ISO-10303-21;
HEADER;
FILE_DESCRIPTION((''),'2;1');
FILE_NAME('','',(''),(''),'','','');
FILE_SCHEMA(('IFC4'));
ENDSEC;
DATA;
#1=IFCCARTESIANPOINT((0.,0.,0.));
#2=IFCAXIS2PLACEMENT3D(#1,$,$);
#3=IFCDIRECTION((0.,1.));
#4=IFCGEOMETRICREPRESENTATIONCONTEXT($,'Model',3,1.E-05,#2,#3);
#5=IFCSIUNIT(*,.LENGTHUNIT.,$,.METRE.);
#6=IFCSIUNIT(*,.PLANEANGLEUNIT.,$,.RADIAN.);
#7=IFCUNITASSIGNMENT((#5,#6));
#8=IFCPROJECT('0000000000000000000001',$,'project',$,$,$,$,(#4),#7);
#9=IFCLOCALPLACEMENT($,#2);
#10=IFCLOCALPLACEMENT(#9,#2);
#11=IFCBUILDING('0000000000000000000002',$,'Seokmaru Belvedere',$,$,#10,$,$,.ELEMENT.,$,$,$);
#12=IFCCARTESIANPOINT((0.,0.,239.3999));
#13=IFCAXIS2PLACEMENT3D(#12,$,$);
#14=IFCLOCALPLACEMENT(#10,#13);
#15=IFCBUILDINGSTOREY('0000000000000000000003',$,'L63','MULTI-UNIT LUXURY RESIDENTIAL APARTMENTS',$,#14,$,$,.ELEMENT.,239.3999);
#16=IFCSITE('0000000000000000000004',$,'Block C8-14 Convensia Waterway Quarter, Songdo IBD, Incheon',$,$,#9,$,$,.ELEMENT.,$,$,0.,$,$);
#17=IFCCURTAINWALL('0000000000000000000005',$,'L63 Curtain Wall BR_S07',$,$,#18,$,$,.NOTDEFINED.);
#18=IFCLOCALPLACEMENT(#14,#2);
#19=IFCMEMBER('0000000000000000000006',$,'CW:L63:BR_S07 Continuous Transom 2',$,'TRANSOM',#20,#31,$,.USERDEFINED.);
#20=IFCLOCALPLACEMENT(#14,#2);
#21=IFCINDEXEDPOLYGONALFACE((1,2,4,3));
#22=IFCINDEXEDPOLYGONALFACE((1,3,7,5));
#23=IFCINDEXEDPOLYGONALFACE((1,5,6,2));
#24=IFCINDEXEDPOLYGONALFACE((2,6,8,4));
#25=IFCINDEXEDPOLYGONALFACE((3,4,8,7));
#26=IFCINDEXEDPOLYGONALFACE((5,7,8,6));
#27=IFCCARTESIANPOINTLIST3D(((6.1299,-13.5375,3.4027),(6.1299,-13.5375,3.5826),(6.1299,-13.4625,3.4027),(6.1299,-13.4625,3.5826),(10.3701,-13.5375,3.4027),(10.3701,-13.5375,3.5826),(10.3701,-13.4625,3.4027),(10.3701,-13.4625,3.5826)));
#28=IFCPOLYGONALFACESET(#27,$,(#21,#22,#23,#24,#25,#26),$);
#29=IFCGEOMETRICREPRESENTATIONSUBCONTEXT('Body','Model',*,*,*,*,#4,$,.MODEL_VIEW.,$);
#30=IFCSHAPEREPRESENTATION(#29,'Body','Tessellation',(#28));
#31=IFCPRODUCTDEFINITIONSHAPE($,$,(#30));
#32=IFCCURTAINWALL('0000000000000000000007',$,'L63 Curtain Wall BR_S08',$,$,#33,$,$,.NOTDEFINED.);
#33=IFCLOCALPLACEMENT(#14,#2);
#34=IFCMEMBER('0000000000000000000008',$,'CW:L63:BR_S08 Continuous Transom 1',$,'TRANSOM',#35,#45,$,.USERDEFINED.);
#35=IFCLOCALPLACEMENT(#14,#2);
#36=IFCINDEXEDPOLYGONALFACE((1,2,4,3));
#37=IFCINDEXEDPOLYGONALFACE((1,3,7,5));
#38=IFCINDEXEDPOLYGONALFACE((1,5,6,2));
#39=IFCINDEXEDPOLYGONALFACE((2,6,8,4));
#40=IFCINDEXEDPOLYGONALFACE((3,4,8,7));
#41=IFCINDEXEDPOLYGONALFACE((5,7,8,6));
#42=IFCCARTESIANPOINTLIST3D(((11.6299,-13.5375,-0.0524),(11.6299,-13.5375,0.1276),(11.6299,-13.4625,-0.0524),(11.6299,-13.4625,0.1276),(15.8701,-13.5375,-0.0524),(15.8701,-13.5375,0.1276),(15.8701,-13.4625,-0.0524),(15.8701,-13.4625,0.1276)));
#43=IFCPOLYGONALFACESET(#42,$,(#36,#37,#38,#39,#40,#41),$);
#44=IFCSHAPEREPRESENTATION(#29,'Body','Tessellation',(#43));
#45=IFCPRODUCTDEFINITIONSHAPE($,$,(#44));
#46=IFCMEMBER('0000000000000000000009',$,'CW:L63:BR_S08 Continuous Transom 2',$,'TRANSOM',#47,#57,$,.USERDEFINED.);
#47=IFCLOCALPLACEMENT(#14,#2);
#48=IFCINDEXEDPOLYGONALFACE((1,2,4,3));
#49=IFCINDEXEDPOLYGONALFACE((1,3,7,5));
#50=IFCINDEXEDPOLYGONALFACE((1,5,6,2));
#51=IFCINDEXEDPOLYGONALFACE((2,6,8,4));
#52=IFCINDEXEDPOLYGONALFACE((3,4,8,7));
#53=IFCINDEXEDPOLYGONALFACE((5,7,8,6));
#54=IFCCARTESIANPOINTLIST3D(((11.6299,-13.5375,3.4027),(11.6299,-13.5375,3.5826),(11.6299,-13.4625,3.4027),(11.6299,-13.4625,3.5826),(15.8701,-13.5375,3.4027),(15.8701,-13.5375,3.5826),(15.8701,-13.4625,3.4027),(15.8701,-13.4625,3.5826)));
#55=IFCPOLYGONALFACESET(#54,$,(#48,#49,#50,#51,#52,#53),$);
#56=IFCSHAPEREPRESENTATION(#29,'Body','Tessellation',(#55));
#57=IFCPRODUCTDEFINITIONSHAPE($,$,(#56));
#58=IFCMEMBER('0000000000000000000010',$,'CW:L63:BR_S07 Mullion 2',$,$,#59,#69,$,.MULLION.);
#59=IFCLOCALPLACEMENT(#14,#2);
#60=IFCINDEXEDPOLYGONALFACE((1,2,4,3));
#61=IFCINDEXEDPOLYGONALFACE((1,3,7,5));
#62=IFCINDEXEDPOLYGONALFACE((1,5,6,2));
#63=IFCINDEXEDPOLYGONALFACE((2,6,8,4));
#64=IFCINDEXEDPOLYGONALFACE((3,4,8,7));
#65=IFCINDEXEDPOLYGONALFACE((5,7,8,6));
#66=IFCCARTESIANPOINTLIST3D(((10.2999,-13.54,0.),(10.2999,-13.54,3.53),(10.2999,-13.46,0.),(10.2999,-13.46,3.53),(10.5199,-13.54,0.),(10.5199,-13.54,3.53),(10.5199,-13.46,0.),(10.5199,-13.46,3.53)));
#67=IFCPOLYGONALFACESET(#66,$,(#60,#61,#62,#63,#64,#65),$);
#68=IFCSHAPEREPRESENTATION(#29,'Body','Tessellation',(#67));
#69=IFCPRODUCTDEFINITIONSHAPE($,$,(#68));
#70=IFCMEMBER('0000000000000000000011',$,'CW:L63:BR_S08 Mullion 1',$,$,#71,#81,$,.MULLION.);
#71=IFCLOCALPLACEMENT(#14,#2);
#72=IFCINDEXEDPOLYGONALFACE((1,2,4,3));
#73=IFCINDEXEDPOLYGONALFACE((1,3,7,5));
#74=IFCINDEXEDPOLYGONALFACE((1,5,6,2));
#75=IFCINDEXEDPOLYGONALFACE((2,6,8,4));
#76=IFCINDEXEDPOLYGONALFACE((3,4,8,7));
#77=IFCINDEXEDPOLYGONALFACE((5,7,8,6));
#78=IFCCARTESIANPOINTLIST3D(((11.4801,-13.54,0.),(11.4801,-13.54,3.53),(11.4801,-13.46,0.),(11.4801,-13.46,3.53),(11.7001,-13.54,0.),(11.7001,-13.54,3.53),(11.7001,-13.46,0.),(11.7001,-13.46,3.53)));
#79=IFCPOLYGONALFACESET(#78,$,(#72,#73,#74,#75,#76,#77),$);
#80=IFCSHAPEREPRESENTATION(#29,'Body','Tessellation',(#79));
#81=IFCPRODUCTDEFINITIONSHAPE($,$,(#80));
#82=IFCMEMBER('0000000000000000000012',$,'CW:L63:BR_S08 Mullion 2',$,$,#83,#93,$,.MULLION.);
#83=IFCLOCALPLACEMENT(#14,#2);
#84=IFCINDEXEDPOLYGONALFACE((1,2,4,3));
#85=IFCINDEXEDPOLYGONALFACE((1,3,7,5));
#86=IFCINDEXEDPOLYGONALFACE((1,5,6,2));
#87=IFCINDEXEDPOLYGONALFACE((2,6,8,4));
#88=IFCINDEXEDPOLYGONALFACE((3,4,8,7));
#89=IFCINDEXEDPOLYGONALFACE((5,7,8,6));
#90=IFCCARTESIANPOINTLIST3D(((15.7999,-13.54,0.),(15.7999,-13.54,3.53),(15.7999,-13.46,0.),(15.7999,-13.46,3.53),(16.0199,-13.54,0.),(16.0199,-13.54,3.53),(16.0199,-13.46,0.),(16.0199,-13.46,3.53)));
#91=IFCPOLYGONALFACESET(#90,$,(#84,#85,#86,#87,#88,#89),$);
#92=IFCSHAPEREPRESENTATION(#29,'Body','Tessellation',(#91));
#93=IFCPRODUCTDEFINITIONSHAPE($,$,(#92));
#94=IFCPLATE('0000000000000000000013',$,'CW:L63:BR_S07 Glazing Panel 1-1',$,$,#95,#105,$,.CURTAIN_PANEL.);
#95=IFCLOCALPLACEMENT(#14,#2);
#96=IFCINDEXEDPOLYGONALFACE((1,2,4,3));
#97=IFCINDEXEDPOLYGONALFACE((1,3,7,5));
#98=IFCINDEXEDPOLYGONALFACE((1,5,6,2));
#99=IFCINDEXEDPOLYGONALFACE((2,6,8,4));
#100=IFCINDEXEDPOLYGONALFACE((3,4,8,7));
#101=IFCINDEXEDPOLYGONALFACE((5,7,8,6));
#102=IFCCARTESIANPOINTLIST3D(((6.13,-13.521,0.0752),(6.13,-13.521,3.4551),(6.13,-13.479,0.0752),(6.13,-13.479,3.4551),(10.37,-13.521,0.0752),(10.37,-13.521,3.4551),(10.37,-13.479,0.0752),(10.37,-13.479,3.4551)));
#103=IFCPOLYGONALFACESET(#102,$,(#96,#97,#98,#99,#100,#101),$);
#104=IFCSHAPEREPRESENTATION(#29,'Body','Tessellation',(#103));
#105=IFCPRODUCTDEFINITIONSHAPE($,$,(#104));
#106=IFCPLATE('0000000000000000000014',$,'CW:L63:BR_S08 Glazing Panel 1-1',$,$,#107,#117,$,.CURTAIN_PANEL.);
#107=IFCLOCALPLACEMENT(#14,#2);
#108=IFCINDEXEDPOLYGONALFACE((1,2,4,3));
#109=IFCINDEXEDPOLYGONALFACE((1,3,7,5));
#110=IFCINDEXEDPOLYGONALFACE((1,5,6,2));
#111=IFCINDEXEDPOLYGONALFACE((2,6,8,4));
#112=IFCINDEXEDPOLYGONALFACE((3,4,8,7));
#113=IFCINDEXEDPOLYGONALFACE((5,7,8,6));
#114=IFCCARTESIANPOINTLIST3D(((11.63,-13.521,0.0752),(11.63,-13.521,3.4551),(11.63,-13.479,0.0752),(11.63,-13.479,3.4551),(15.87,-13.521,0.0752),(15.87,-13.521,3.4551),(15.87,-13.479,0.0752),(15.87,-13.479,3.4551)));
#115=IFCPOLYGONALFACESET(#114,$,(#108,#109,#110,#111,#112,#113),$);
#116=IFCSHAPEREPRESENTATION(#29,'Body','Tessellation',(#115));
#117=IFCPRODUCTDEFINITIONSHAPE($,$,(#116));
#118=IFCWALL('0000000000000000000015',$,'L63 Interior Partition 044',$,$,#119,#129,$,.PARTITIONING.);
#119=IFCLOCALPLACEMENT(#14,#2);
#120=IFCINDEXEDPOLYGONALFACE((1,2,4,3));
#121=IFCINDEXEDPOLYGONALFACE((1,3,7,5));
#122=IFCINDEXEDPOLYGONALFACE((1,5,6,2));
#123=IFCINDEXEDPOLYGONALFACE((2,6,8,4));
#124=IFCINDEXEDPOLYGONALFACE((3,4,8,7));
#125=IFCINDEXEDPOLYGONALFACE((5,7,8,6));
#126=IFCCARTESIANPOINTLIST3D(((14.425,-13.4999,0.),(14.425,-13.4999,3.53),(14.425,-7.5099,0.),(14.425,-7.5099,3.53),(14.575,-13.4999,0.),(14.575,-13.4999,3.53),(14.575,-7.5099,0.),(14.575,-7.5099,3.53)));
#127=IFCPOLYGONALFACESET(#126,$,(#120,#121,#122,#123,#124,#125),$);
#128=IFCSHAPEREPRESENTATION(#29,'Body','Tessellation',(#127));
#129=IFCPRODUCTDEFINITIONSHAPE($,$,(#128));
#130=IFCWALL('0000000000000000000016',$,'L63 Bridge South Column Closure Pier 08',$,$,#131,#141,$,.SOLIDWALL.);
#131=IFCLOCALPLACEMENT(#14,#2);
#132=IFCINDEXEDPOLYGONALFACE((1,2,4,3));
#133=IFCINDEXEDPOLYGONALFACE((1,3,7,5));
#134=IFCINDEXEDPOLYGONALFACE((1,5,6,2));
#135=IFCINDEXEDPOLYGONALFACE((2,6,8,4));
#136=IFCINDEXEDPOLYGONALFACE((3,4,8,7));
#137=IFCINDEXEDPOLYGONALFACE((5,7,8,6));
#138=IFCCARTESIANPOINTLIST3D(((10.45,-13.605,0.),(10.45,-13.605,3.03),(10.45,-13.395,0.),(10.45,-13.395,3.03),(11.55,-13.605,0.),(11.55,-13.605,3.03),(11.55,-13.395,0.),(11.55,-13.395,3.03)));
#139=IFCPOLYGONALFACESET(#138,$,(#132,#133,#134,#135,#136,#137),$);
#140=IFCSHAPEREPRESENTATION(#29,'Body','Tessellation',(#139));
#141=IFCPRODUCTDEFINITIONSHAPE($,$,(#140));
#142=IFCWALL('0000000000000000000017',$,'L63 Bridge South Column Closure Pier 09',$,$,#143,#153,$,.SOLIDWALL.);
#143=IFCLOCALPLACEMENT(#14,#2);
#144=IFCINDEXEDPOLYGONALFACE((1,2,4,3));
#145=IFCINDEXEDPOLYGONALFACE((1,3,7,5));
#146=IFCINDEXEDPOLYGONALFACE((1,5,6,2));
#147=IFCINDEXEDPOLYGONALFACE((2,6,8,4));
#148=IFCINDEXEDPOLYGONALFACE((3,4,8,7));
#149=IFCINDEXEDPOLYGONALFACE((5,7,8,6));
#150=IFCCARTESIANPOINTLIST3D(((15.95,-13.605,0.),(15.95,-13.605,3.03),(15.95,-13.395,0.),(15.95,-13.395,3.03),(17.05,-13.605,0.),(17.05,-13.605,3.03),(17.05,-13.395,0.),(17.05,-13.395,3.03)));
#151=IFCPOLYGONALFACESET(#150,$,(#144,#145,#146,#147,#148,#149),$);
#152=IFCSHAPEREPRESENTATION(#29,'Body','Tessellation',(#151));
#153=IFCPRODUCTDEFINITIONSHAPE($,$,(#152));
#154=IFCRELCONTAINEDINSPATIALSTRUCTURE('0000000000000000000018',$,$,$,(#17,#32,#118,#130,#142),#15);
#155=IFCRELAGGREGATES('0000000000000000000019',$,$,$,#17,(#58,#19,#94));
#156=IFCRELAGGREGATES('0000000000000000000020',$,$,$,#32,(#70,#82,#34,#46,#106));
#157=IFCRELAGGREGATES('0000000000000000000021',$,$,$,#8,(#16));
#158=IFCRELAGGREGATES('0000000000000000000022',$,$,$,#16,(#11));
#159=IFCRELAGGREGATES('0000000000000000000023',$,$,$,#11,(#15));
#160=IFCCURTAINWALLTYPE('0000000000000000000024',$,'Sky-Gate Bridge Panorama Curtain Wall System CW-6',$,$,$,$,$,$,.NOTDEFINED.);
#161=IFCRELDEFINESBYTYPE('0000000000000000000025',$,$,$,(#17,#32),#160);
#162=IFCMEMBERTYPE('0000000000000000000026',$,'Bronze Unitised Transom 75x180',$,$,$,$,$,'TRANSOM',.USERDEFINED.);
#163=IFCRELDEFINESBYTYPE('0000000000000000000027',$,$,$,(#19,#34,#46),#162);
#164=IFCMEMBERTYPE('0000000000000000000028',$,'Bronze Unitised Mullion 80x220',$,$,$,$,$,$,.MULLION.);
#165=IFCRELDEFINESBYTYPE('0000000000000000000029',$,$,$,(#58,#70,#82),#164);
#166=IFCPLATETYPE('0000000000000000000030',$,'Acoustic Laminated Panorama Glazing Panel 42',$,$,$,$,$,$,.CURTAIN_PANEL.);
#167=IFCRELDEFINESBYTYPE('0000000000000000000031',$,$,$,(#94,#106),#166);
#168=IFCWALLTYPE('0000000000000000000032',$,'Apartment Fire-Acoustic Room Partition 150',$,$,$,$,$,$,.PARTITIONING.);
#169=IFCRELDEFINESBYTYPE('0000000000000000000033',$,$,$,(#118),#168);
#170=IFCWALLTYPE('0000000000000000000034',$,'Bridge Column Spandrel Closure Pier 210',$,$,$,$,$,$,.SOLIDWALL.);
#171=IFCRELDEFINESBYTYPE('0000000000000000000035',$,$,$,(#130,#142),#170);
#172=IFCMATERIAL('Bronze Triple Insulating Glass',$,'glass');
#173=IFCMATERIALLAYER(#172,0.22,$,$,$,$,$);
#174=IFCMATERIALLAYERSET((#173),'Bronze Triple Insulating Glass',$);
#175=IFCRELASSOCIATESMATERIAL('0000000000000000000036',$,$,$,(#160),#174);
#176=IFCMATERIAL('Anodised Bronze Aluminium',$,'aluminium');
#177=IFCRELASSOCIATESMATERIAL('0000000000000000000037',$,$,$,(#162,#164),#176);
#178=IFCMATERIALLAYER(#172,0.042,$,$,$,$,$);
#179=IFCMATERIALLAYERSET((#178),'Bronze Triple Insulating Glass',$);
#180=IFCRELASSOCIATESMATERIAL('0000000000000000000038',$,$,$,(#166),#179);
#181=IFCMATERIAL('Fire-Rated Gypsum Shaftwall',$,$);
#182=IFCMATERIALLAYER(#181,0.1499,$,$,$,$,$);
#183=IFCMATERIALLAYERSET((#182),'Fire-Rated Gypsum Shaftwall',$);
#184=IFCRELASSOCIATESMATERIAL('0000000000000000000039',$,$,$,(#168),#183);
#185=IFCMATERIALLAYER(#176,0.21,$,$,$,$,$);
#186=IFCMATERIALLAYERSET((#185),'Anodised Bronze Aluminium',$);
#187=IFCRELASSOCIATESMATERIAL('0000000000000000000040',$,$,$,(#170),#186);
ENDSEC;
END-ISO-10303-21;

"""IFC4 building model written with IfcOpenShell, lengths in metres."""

from ifc_helpers import new_model, si_unit, direction, frame, frame_2d, origin, origin_2d, place, context, subcontext, project, spatial, rectangle, extrude, source, transform, mapped, material, layer, layer_set, material_profile, profile_set, type_object, type_shapes, element, aggregate, save


model = new_model("IFC4")

# Units and contexts
model_context = context("Model", 3, precision=1e-05, world=origin(), true_north=direction((0.0, 1.0)))
body_context = subcontext(model_context, "Body", "Model", "MODEL_VIEW")
ifc_project = project(units=[si_unit("LENGTHUNIT", "METRE"), si_unit("PLANEANGLEUNIT", "RADIAN")], contexts=[model_context])

# Site, building, storey
site_placement = place(None, origin())
site = spatial("IfcSite", under=ifc_project, at=site_placement, Name="Block C8-14 Convensia Waterway Quarter, Songdo IBD, Incheon", CompositionType="ELEMENT", RefElevation=0.0)
building_placement = place(site_placement, origin())
building = spatial("IfcBuilding", under=site, at=building_placement, Name="Seokmaru Belvedere", CompositionType="ELEMENT")
storey_placement = place(building_placement, frame((0.0, 0.0, 239.3999)))
storey = spatial("IfcBuildingStorey", under=building, at=storey_placement, Name="L63", Description="MULTI-UNIT LUXURY RESIDENTIAL APARTMENTS", CompositionType="ELEMENT", Elevation=239.3999)

# Curtain walls, members
ifc_material_1 = material(Name="Bronze Triple Insulating Glass", Category="glass")
ifc_layer_1 = layer(ifc_material_1, 0.22)
ifc_layer_set_1 = layer_set([ifc_layer_1], Name="Bronze Triple Insulating Glass")
curtain_wall_type = type_object("IfcCurtainWallType", Name="Sky-Gate Bridge Panorama Curtain Wall System CW-6", PredefinedType="NOTDEFINED", material=ifc_layer_set_1)
curtain_wall_1_placement = place(storey_placement, origin())
curtain_wall_1 = element("IfcCurtainWall", 1, at=curtain_wall_1_placement, inside=storey, type_object=curtain_wall_type, Name="L63 Curtain Wall BR_S07", PredefinedType="NOTDEFINED")
ifc_material_2 = material(Name="Anodised Bronze Aluminium", Category="aluminium")
ifc_material_profile_1 = material_profile(ifc_material_2, rectangle(XDim=0.075, YDim=0.1799, at=origin_2d()), Name="CW-T-75x180")
ifc_profile_set_1 = profile_set([ifc_material_profile_1], Name="Anodised Bronze Aluminium")
member_type_1 = type_object("IfcMemberType", Name="Bronze Unitised Transom 75x180", ElementType="TRANSOM", PredefinedType="USERDEFINED", material=ifc_profile_set_1)
shared_shape_1 = source(origin(), body_context, "Body", "SweptSolid", [
    extrude(rectangle(XDim=0.075, YDim=0.1799, at=origin_2d()), origin(), (0.0, 0.0, 1.0), 4.2402),
])
type_shapes(member_type_1, [shared_shape_1])
member_1_placement = place(storey_placement, frame((6.1299, -13.5, 3.4927), z_axis=(1.0, 0.0, 0.0), x_axis=(0.0, 1.0, 0.0)))
member_1 = element("IfcMember", 2, at=member_1_placement, type_object=member_type_1, Name="CW:L63:BR_S07 Continuous Transom 2", ObjectType="TRANSOM", PredefinedType="USERDEFINED", context=body_context, shape_type="MappedRepresentation", body=[
    mapped(shared_shape_1, transform((0.0, 0.0, 0.0), scale=1.0)),
])
curtain_wall_2_placement = place(storey_placement, origin())
curtain_wall_2 = element("IfcCurtainWall", 3, at=curtain_wall_2_placement, inside=storey, type_object=curtain_wall_type, Name="L63 Curtain Wall BR_S08", PredefinedType="NOTDEFINED")
member_2_placement = place(storey_placement, frame((11.6299, -13.5, 0.0376), z_axis=(1.0, 0.0, 0.0), x_axis=(0.0, 1.0, 0.0)))
member_2 = element("IfcMember", 4, at=member_2_placement, type_object=member_type_1, Name="CW:L63:BR_S08 Continuous Transom 1", ObjectType="TRANSOM", PredefinedType="USERDEFINED", context=body_context, shape_type="MappedRepresentation", body=[
    mapped(shared_shape_1, transform((0.0, 0.0, 0.0), scale=1.0)),
])
member_3_placement = place(storey_placement, frame((11.6299, -13.5, 3.4927), z_axis=(1.0, 0.0, 0.0), x_axis=(0.0, 1.0, 0.0)))
member_3 = element("IfcMember", 5, at=member_3_placement, type_object=member_type_1, Name="CW:L63:BR_S08 Continuous Transom 2", ObjectType="TRANSOM", PredefinedType="USERDEFINED", context=body_context, shape_type="MappedRepresentation", body=[
    mapped(shared_shape_1, transform((0.0, 0.0, 0.0), scale=1.0)),
])

# Members
ifc_material_profile_2 = material_profile(ifc_material_2, rectangle(XDim=0.0801, YDim=0.22, at=origin_2d()), Name="CW-M-80x220")
ifc_profile_set_2 = profile_set([ifc_material_profile_2], Name="Anodised Bronze Aluminium")
member_type_2 = type_object("IfcMemberType", Name="Bronze Unitised Mullion 80x220", PredefinedType="MULLION", material=ifc_profile_set_2)
shared_shape_2 = source(origin(), body_context, "Body", "SweptSolid", [
    extrude(rectangle(XDim=0.0801, YDim=0.22, at=origin_2d()), origin(), (0.0, 0.0, 1.0), 3.53),
])
type_shapes(member_type_2, [shared_shape_2])
member_4_placement = place(storey_placement, frame((10.4099, -13.5, 0.0), z_axis=(0.0, 0.0, 1.0), x_axis=(0.0, 1.0, 0.0)))
member_4 = element("IfcMember", 6, at=member_4_placement, type_object=member_type_2, Name="CW:L63:BR_S07 Mullion 2", PredefinedType="MULLION", context=body_context, shape_type="MappedRepresentation", body=[
    mapped(shared_shape_2, transform((0.0, 0.0, 0.0), scale=1.0)),
])
member_5_placement = place(storey_placement, frame((11.5901, -13.5, 0.0), z_axis=(0.0, 0.0, 1.0), x_axis=(0.0, 1.0, 0.0)))
member_5 = element("IfcMember", 7, at=member_5_placement, type_object=member_type_2, Name="CW:L63:BR_S08 Mullion 1", PredefinedType="MULLION", context=body_context, shape_type="MappedRepresentation", body=[
    mapped(shared_shape_2, transform((0.0, 0.0, 0.0), scale=1.0)),
])
member_6_placement = place(storey_placement, frame((15.9099, -13.5, 0.0), z_axis=(0.0, 0.0, 1.0), x_axis=(0.0, 1.0, 0.0)))
member_6 = element("IfcMember", 8, at=member_6_placement, type_object=member_type_2, Name="CW:L63:BR_S08 Mullion 2", PredefinedType="MULLION", context=body_context, shape_type="MappedRepresentation", body=[
    mapped(shared_shape_2, transform((0.0, 0.0, 0.0), scale=1.0)),
])

# Plates
ifc_layer_2 = layer(ifc_material_1, 0.042)
ifc_layer_set_2 = layer_set([ifc_layer_2], Name="Bronze Triple Insulating Glass")
plate_type = type_object("IfcPlateType", Name="Acoustic Laminated Panorama Glazing Panel 42", PredefinedType="CURTAIN_PANEL", material=ifc_layer_set_2)
shared_shape_3 = source(origin(), body_context, "Body", "SweptSolid", [
    extrude(rectangle(XDim=4.24, YDim=0.042, at=origin_2d()), origin(), (0.0, 0.0, 1.0), 3.3799),
])
type_shapes(plate_type, [shared_shape_3])
plate_1_placement = place(storey_placement, frame((8.25, -13.5, 0.0752), z_axis=(0.0, 0.0, 1.0), x_axis=(1.0, 0.0, 0.0)))
plate_1 = element("IfcPlate", 9, at=plate_1_placement, type_object=plate_type, Name="CW:L63:BR_S07 Glazing Panel 1-1", PredefinedType="CURTAIN_PANEL", context=body_context, shape_type="MappedRepresentation", body=[
    mapped(shared_shape_3, transform((0.0, 0.0, 0.0), scale=1.0)),
])
aggregate(curtain_wall_1, [member_4, member_1, plate_1])
plate_2_placement = place(storey_placement, frame((13.75, -13.5, 0.0752), z_axis=(0.0, 0.0, 1.0), x_axis=(1.0, 0.0, 0.0)))
plate_2 = element("IfcPlate", 10, at=plate_2_placement, type_object=plate_type, Name="CW:L63:BR_S08 Glazing Panel 1-1", PredefinedType="CURTAIN_PANEL", context=body_context, shape_type="MappedRepresentation", body=[
    mapped(shared_shape_3, transform((0.0, 0.0, 0.0), scale=1.0)),
])
aggregate(curtain_wall_2, [member_5, member_6, member_2, member_3, plate_2])

# Walls
ifc_material_3 = material(Name="Fire-Rated Gypsum Shaftwall")
ifc_layer_3 = layer(ifc_material_3, 0.1499)
ifc_layer_set_3 = layer_set([ifc_layer_3], Name="Fire-Rated Gypsum Shaftwall")
wall_type_1 = type_object("IfcWallType", Name="Apartment Fire-Acoustic Room Partition 150", PredefinedType="PARTITIONING", material=ifc_layer_set_3)
wall_placement = place(storey_placement, frame((14.5, -13.5, 0.0), z_axis=(0.0, 0.0, 1.0), x_axis=(0.0, 1.0, 0.0)))
element("IfcWall", 11, at=wall_placement, inside=storey, type_object=wall_type_1, Name="L63 Interior Partition 044", PredefinedType="PARTITIONING", context=body_context, shape_type="SweptSolid", body=[
    extrude(rectangle(XDim=5.99, YDim=0.1499, at=frame_2d((2.9951, 0.0))), origin(), (0.0, 0.0, 1.0), 3.53),
])
ifc_layer_4 = layer(ifc_material_2, 0.21)
ifc_layer_set_4 = layer_set([ifc_layer_4], Name="Anodised Bronze Aluminium")
wall_type_2 = type_object("IfcWallType", Name="Bridge Column Spandrel Closure Pier 210", PredefinedType="SOLIDWALL", material=ifc_layer_set_4)
for number, where, z_axis, x_axis, name in (
    (12, (10.45, -13.5, 0.0), (0.0, 0.0, 1.0), (1.0, 0.0, 0.0), "L63 Bridge South Column Closure Pier 08"),
    (13, (15.95, -13.5, 0.0), (0.0, 0.0, 1.0), (1.0, 0.0, 0.0), "L63 Bridge South Column Closure Pier 09"),
):
    element("IfcWall", number, at=place(storey_placement, frame(where, z_axis=z_axis, x_axis=x_axis)), inside=storey, type_object=wall_type_2, Name=name, PredefinedType="SOLIDWALL", context=body_context, shape_type="SweptSolid", body=[
        extrude(rectangle(XDim=1.1001, YDim=0.21, at=frame_2d((0.55, 0.0))), origin(), (0.0, 0.0, 1.0), 3.03),
    ])

save(model, "model.ifc")
